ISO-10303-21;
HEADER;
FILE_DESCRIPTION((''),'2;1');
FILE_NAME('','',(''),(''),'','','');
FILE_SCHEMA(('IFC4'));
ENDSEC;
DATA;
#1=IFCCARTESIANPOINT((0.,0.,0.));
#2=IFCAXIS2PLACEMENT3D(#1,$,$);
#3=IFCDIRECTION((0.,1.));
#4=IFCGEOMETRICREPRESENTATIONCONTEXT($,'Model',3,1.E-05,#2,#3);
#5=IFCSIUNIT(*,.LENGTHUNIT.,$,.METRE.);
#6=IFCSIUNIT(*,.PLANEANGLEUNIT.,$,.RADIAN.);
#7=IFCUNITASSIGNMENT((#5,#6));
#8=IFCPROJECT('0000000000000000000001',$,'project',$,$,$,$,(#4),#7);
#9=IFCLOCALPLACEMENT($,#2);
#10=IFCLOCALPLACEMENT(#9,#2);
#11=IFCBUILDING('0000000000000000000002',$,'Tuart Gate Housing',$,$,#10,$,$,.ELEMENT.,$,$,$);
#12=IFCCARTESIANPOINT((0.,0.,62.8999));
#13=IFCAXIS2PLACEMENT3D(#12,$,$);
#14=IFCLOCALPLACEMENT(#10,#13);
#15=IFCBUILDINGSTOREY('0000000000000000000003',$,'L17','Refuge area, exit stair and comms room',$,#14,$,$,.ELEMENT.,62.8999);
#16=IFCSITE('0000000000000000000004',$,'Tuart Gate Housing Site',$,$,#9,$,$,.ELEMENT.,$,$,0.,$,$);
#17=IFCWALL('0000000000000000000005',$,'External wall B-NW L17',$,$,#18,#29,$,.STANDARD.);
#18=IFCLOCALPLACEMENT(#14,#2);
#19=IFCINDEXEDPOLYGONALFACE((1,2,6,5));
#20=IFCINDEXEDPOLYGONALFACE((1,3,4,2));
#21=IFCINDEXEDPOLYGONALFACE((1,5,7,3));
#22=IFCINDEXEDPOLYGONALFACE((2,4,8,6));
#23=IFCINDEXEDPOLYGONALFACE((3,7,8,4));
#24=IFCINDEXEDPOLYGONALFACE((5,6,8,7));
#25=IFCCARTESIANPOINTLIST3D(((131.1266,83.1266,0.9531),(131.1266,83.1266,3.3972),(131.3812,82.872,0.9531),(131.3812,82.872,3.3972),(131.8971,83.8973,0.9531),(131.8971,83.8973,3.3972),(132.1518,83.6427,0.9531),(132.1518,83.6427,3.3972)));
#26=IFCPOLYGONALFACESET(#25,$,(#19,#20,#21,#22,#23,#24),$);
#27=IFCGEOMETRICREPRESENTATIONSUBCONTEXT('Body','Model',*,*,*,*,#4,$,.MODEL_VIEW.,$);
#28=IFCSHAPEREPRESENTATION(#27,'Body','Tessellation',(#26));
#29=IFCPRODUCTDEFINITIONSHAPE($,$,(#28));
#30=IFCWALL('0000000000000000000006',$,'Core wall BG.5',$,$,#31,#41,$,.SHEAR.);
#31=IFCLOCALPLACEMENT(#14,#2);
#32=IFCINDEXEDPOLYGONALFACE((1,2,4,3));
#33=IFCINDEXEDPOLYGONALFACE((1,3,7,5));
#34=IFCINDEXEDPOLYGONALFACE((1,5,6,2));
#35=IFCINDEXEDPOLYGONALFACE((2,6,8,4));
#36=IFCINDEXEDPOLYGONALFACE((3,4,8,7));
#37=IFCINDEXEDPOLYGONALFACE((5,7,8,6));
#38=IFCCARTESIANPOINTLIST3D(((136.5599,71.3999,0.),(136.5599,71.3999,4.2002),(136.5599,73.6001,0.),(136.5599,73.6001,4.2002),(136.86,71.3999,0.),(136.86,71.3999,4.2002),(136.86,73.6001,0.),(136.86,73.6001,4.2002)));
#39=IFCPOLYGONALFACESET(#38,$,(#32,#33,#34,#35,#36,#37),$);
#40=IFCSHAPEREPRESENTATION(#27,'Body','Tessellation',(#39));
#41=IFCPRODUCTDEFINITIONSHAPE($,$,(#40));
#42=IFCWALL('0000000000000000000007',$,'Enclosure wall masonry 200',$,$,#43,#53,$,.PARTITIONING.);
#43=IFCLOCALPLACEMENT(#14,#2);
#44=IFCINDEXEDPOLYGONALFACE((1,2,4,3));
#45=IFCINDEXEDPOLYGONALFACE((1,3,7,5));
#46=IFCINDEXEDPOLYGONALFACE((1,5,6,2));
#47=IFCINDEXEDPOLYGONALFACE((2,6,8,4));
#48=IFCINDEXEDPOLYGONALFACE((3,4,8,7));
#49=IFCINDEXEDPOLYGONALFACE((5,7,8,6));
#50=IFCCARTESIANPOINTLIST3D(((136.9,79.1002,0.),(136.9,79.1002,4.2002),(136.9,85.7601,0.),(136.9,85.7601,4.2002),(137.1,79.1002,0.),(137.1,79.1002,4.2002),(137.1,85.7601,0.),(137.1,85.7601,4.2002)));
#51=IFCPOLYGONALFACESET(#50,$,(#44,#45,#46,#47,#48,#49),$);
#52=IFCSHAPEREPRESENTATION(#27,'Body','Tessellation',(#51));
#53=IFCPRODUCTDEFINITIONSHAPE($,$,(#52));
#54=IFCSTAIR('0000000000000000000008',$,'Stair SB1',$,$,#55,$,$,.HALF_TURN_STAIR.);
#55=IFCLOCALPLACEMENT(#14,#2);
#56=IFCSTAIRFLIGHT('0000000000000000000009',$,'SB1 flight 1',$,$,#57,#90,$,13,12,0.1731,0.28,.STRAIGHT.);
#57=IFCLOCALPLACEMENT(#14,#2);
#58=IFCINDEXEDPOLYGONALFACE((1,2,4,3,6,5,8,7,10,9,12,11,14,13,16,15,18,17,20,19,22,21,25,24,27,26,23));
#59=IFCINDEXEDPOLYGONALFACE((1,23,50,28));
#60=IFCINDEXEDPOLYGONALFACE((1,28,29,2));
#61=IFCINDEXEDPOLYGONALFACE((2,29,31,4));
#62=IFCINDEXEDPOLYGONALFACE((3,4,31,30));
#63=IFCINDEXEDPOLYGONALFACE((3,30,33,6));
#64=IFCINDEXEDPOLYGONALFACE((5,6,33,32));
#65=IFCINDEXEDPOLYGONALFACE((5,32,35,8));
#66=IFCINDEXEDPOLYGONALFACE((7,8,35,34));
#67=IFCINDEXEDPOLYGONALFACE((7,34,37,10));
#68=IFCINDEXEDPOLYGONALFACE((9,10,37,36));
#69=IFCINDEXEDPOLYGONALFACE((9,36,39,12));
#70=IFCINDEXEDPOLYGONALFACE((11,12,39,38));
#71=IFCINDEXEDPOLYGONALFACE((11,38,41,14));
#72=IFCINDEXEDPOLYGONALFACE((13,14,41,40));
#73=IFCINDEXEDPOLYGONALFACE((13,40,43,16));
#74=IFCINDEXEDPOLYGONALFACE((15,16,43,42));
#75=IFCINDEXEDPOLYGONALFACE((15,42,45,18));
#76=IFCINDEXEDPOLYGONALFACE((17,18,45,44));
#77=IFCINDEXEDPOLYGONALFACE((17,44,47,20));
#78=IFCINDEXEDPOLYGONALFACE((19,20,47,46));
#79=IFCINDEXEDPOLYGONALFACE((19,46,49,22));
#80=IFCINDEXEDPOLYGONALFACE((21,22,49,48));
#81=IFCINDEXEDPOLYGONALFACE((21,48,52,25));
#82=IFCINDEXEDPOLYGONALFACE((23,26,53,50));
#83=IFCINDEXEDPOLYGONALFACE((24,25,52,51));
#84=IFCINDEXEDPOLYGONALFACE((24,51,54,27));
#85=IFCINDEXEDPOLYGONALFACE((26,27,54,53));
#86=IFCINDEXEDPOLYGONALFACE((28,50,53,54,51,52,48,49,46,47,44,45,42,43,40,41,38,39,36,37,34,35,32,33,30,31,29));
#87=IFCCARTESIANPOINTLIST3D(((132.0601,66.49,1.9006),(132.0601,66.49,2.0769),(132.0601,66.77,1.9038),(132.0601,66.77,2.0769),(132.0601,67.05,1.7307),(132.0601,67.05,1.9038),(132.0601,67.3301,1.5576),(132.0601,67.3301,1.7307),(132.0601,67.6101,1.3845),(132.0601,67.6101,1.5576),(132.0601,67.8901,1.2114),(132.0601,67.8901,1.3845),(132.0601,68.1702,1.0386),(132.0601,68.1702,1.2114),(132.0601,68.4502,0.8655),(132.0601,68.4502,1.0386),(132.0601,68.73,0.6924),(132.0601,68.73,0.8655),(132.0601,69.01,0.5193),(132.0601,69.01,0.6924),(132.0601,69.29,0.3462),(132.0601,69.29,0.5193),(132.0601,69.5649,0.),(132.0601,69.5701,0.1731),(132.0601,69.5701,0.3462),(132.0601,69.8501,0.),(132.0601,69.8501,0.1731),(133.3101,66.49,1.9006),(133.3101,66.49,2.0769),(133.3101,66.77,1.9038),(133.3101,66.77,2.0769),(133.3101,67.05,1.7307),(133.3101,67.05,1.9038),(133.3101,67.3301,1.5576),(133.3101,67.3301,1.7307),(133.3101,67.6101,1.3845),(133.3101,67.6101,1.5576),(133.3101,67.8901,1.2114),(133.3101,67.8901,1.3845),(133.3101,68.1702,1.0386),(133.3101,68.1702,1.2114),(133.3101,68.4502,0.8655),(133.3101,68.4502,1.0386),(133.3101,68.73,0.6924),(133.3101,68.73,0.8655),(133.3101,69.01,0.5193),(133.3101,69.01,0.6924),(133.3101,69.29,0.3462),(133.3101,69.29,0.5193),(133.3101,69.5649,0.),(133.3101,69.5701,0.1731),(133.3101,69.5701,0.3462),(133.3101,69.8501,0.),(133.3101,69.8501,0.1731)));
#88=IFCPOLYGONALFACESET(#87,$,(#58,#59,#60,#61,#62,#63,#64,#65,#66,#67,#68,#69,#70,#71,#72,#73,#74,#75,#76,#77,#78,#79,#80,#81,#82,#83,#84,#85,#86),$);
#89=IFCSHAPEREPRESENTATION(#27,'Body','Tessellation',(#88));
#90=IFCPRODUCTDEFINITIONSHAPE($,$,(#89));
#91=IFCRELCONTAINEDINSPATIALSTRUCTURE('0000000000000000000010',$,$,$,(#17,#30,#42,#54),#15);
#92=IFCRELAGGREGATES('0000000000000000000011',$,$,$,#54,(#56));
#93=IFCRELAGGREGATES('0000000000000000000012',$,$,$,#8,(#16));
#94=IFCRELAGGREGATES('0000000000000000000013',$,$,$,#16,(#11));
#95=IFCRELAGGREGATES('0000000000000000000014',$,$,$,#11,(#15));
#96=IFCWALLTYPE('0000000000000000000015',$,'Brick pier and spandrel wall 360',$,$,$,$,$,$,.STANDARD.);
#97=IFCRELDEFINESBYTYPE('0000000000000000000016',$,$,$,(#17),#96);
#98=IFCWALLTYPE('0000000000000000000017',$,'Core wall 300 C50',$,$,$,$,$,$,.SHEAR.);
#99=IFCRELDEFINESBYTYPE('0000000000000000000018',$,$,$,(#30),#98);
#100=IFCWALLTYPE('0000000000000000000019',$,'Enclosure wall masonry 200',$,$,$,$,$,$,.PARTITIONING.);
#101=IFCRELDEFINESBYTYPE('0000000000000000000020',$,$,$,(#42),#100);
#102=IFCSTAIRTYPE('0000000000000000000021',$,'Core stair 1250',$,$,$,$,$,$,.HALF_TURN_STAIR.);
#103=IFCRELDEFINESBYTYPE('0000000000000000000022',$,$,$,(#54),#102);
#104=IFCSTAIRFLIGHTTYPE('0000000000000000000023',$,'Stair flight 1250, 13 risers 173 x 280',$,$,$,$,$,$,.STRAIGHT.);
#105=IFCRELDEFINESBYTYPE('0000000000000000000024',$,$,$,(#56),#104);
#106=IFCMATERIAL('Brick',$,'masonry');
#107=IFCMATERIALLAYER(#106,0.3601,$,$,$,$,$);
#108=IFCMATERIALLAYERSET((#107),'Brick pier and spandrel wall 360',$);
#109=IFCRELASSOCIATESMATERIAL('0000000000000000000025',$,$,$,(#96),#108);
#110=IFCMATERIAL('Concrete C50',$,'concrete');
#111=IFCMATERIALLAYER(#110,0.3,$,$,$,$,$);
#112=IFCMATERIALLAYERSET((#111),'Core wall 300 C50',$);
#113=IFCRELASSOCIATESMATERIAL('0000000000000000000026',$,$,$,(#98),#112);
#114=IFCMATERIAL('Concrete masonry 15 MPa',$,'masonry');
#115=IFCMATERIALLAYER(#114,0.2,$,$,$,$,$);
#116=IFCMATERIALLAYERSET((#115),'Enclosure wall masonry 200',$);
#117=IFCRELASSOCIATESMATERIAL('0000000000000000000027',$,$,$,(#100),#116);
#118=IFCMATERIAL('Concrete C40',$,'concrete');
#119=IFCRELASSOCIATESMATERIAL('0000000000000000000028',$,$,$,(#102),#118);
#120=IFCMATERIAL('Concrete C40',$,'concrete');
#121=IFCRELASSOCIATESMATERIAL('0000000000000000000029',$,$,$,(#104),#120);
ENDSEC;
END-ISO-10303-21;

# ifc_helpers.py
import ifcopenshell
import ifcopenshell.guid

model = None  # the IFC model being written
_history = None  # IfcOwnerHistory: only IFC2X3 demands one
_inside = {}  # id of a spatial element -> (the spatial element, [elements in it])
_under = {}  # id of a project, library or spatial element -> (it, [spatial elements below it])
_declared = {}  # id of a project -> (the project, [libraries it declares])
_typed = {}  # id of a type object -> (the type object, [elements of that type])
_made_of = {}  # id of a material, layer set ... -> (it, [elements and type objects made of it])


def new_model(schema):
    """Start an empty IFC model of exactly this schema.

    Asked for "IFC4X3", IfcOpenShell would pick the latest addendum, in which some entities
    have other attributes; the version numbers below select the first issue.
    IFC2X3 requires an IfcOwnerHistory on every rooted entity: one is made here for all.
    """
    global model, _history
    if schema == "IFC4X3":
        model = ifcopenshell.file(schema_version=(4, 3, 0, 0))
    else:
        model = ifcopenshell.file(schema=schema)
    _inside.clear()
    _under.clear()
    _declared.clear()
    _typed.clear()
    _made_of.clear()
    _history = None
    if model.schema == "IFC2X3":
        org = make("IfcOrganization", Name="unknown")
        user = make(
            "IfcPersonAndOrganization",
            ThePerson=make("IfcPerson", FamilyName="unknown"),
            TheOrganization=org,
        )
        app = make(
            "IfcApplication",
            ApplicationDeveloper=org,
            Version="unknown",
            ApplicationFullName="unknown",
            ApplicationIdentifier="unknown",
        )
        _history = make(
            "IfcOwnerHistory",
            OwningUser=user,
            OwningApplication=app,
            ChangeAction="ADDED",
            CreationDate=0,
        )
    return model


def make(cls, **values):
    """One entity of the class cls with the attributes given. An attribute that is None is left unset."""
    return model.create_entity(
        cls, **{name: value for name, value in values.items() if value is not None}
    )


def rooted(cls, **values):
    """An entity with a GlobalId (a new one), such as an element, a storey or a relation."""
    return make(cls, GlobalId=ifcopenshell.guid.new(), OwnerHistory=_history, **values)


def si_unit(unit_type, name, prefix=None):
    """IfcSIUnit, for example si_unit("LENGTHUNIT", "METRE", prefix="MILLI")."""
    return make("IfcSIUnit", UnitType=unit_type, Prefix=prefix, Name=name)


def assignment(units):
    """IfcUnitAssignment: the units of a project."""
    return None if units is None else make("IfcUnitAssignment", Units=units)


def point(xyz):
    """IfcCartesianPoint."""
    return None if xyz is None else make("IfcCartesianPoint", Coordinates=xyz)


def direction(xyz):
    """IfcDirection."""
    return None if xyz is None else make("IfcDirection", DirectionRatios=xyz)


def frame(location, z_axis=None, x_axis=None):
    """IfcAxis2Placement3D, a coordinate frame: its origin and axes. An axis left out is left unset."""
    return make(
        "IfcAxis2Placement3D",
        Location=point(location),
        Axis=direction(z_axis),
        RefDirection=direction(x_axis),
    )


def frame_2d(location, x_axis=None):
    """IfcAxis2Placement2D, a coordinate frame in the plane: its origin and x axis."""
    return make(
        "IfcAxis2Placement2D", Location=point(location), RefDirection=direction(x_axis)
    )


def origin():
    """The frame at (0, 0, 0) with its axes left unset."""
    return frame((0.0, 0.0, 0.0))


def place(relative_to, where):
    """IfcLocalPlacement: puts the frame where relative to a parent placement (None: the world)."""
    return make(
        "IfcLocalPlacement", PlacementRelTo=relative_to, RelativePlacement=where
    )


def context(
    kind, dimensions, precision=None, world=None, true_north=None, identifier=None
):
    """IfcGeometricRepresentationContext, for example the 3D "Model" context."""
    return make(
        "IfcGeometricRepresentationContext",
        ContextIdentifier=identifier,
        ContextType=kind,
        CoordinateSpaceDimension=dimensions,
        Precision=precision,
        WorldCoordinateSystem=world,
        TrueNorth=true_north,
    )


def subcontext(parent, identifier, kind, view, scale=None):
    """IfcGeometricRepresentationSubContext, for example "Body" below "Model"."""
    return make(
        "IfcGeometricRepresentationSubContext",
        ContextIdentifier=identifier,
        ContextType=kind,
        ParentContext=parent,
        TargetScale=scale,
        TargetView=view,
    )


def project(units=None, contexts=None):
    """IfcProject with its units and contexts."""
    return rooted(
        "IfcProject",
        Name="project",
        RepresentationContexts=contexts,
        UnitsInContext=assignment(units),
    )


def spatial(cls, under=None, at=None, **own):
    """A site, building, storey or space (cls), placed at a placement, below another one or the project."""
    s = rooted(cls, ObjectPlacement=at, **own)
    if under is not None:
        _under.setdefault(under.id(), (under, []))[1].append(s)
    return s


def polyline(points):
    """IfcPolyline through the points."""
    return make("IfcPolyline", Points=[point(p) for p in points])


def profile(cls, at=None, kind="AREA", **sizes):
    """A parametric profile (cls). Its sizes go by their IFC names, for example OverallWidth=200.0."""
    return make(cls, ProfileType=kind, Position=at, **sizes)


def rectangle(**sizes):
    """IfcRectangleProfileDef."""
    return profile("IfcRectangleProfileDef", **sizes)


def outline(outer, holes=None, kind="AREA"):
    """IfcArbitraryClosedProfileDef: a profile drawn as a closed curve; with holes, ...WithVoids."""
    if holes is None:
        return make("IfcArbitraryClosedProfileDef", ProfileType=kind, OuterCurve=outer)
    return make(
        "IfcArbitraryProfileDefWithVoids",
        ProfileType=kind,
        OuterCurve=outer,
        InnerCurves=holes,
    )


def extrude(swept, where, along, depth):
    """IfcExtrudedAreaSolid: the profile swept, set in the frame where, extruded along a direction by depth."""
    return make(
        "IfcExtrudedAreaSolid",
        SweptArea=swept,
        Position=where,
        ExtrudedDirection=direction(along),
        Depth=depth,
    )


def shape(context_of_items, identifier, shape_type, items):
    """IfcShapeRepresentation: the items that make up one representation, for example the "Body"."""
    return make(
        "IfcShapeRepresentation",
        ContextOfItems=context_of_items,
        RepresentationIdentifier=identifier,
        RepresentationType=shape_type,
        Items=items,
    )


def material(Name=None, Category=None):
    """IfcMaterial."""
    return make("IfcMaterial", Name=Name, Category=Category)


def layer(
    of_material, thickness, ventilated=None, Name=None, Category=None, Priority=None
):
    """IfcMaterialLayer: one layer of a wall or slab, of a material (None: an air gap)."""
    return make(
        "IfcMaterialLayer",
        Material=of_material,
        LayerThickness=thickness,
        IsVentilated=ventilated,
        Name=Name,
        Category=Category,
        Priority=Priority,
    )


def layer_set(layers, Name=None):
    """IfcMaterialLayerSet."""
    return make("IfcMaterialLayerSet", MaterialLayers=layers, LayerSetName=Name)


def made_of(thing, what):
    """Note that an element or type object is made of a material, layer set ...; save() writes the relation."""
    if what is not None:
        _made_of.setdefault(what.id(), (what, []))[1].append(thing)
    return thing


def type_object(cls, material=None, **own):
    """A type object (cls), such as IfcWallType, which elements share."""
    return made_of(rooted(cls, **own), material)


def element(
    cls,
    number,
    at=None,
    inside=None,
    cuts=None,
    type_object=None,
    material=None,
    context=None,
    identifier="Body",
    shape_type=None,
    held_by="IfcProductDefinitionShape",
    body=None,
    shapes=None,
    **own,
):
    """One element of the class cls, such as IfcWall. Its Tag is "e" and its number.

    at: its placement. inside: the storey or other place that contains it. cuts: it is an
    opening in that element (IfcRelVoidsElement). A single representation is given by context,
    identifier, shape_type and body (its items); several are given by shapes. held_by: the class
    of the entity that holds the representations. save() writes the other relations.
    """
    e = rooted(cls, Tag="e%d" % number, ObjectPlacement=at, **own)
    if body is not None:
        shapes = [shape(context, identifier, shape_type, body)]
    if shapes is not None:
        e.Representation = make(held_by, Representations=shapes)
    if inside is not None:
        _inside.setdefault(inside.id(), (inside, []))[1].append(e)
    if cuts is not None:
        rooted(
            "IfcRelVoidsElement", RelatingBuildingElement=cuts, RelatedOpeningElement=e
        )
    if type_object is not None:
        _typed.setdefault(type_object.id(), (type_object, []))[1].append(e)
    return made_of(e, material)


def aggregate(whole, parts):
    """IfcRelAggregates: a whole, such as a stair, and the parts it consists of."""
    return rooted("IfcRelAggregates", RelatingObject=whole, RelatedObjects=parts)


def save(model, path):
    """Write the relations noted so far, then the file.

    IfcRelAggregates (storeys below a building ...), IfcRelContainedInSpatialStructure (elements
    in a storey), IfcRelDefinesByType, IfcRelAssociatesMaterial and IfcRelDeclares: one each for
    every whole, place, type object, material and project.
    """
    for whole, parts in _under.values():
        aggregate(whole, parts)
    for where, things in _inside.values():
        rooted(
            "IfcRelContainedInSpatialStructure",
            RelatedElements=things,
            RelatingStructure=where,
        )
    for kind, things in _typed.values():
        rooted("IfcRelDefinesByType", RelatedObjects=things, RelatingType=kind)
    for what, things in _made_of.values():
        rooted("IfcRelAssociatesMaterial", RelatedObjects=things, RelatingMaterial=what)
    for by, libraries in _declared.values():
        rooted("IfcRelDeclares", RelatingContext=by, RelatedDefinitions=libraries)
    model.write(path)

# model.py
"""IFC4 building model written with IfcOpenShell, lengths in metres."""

from ifc_helpers import new_model, si_unit, direction, frame, frame_2d, origin, place, context, subcontext, project, spatial, polyline, rectangle, outline, extrude, material, layer, layer_set, type_object, element, aggregate, save


model = new_model("IFC4")

# Units and contexts
model_context = context("Model", 3, precision=1e-05, world=origin(), true_north=direction((0.0, 1.0)))
body_context = subcontext(model_context, "Body", "Model", "MODEL_VIEW")
ifc_project = project(units=[si_unit("LENGTHUNIT", "METRE"), si_unit("PLANEANGLEUNIT", "RADIAN")], contexts=[model_context])

# Site, building, storey
site_placement = place(None, origin())
site = spatial("IfcSite", under=ifc_project, at=site_placement, Name="Tuart Gate Housing Site", CompositionType="ELEMENT", RefElevation=0.0)
building_placement = place(site_placement, origin())
building = spatial("IfcBuilding", under=site, at=building_placement, Name="Tuart Gate Housing", CompositionType="ELEMENT")
storey_placement = place(building_placement, frame((0.0, 0.0, 62.8999)))
storey = spatial("IfcBuildingStorey", under=building, at=storey_placement, Name="L17", Description="Refuge area, exit stair and comms room", CompositionType="ELEMENT", Elevation=62.8999)

# Walls
ifc_material_1 = material(Name="Brick", Category="masonry")
ifc_layer_1 = layer(ifc_material_1, 0.3601)
ifc_layer_set_1 = layer_set([ifc_layer_1], Name="Brick pier and spandrel wall 360")
wall_type_1 = type_object("IfcWallType", Name="Brick pier and spandrel wall 360", PredefinedType="STANDARD", material=ifc_layer_set_1)
wall_1_placement = place(storey_placement, frame((132.0244, 83.77, 0.9531), z_axis=(0.0, 0.0, 1.0), x_axis=(-0.706995, -0.707219, 0.0)))
element("IfcWall", 1, at=wall_1_placement, inside=storey, type_object=wall_type_1, Name="External wall B-NW L17", PredefinedType="STANDARD", context=body_context, shape_type="SweptSolid", body=[
    extrude(rectangle(XDim=1.0898, YDim=0.3601, at=frame_2d((0.5449, 0.0))), origin(), (0.0, 0.0, 1.0), 2.4441),
])
ifc_material_2 = material(Name="Concrete C50", Category="concrete")
ifc_layer_2 = layer(ifc_material_2, 0.3)
ifc_layer_set_2 = layer_set([ifc_layer_2], Name="Core wall 300 C50")
wall_type_2 = type_object("IfcWallType", Name="Core wall 300 C50", PredefinedType="SHEAR", material=ifc_layer_set_2)
wall_2_placement = place(storey_placement, frame((136.71, 71.3999, 0.0), z_axis=(0.0, 0.0, 1.0), x_axis=(0.0, 1.0, 0.0)))
element("IfcWall", 2, at=wall_2_placement, inside=storey, type_object=wall_type_2, Name="Core wall BG.5", PredefinedType="SHEAR", context=body_context, shape_type="SweptSolid", body=[
    extrude(rectangle(XDim=2.2002, YDim=0.3, at=frame_2d((1.1001, 0.0))), origin(), (0.0, 0.0, 1.0), 4.2002),
])
ifc_material_3 = material(Name="Concrete masonry 15 MPa", Category="masonry")
ifc_layer_3 = layer(ifc_material_3, 0.2)
ifc_layer_set_3 = layer_set([ifc_layer_3], Name="Enclosure wall masonry 200")
wall_type_3 = type_object("IfcWallType", Name="Enclosure wall masonry 200", PredefinedType="PARTITIONING", material=ifc_layer_set_3)
wall_3_placement = place(storey_placement, frame((137.0, 79.1001, 0.0), z_axis=(0.0, 0.0, 1.0), x_axis=(0.0, 1.0, 0.0)))
element("IfcWall", 3, at=wall_3_placement, inside=storey, type_object=wall_type_3, Name="Enclosure wall masonry 200", PredefinedType="PARTITIONING", context=body_context, shape_type="SweptSolid", body=[
    extrude(rectangle(XDim=6.6599, YDim=0.2, at=frame_2d((3.3301, 0.0))), origin(), (0.0, 0.0, 1.0), 4.2002),
])

# Stair, stair flight
ifc_material_4 = material(Name="Concrete C40", Category="concrete")
stair_type = type_object("IfcStairType", Name="Core stair 1250", PredefinedType="HALF_TURN_STAIR", material=ifc_material_4)
stair_placement = place(storey_placement, origin())
stair = element("IfcStair", 4, at=stair_placement, inside=storey, type_object=stair_type, Name="Stair SB1", PredefinedType="HALF_TURN_STAIR")
ifc_material_5 = material(Name="Concrete C40", Category="concrete")
stair_flight_type = type_object("IfcStairFlightType", Name="Stair flight 1250, 13 risers 173 x 280", PredefinedType="STRAIGHT", material=ifc_material_5)
stair_flight_placement = place(storey_placement, frame((132.6851, 69.8501, 0.0), z_axis=(0.0, 0.0, 1.0), x_axis=(0.0, -1.0, 0.0)))
stair_flight = element("IfcStairFlight", 5, at=stair_flight_placement, type_object=stair_flight_type, Name="SB1 flight 1", NumberOfRisers=13, NumberOfTreads=12, PredefinedType="STRAIGHT", RiserHeight=0.1731, TreadLength=0.28, context=body_context, shape_type="SweptSolid", body=[
    extrude(outline(polyline([(0.0, 0.0), (0.0, 0.1731), (0.28, 0.1731), (0.28, 0.3462), (0.5601, 0.3462), (0.5601, 0.5193), (0.8401, 0.5193), (0.8401, 0.6924), (1.1201, 0.6924), (1.1201, 0.8655), (1.3999, 0.8655), (1.3999, 1.0386), (1.6799, 1.0386), (1.6799, 1.2114), (1.96, 1.2114), (1.96, 1.3845), (2.24, 1.3845), (2.24, 1.5576), (2.52, 1.5576), (2.52, 1.7307), (2.8, 1.7307), (2.8, 1.9038), (3.0801, 1.9038), (3.0801, 2.0769), (3.3601, 2.0769), (3.3601, 2.25), (3.3601, 1.9006), (0.2852, 0.0), (0.0, 0.0)])), frame((0.0, 0.625, 0.0), z_axis=(0.0, -1.0, 0.0), x_axis=(1.0, 0.0, 0.0)), (0.0, 0.0, 1.0), 1.25),
])
aggregate(stair, [stair_flight])

save(model, "model.ifc")
